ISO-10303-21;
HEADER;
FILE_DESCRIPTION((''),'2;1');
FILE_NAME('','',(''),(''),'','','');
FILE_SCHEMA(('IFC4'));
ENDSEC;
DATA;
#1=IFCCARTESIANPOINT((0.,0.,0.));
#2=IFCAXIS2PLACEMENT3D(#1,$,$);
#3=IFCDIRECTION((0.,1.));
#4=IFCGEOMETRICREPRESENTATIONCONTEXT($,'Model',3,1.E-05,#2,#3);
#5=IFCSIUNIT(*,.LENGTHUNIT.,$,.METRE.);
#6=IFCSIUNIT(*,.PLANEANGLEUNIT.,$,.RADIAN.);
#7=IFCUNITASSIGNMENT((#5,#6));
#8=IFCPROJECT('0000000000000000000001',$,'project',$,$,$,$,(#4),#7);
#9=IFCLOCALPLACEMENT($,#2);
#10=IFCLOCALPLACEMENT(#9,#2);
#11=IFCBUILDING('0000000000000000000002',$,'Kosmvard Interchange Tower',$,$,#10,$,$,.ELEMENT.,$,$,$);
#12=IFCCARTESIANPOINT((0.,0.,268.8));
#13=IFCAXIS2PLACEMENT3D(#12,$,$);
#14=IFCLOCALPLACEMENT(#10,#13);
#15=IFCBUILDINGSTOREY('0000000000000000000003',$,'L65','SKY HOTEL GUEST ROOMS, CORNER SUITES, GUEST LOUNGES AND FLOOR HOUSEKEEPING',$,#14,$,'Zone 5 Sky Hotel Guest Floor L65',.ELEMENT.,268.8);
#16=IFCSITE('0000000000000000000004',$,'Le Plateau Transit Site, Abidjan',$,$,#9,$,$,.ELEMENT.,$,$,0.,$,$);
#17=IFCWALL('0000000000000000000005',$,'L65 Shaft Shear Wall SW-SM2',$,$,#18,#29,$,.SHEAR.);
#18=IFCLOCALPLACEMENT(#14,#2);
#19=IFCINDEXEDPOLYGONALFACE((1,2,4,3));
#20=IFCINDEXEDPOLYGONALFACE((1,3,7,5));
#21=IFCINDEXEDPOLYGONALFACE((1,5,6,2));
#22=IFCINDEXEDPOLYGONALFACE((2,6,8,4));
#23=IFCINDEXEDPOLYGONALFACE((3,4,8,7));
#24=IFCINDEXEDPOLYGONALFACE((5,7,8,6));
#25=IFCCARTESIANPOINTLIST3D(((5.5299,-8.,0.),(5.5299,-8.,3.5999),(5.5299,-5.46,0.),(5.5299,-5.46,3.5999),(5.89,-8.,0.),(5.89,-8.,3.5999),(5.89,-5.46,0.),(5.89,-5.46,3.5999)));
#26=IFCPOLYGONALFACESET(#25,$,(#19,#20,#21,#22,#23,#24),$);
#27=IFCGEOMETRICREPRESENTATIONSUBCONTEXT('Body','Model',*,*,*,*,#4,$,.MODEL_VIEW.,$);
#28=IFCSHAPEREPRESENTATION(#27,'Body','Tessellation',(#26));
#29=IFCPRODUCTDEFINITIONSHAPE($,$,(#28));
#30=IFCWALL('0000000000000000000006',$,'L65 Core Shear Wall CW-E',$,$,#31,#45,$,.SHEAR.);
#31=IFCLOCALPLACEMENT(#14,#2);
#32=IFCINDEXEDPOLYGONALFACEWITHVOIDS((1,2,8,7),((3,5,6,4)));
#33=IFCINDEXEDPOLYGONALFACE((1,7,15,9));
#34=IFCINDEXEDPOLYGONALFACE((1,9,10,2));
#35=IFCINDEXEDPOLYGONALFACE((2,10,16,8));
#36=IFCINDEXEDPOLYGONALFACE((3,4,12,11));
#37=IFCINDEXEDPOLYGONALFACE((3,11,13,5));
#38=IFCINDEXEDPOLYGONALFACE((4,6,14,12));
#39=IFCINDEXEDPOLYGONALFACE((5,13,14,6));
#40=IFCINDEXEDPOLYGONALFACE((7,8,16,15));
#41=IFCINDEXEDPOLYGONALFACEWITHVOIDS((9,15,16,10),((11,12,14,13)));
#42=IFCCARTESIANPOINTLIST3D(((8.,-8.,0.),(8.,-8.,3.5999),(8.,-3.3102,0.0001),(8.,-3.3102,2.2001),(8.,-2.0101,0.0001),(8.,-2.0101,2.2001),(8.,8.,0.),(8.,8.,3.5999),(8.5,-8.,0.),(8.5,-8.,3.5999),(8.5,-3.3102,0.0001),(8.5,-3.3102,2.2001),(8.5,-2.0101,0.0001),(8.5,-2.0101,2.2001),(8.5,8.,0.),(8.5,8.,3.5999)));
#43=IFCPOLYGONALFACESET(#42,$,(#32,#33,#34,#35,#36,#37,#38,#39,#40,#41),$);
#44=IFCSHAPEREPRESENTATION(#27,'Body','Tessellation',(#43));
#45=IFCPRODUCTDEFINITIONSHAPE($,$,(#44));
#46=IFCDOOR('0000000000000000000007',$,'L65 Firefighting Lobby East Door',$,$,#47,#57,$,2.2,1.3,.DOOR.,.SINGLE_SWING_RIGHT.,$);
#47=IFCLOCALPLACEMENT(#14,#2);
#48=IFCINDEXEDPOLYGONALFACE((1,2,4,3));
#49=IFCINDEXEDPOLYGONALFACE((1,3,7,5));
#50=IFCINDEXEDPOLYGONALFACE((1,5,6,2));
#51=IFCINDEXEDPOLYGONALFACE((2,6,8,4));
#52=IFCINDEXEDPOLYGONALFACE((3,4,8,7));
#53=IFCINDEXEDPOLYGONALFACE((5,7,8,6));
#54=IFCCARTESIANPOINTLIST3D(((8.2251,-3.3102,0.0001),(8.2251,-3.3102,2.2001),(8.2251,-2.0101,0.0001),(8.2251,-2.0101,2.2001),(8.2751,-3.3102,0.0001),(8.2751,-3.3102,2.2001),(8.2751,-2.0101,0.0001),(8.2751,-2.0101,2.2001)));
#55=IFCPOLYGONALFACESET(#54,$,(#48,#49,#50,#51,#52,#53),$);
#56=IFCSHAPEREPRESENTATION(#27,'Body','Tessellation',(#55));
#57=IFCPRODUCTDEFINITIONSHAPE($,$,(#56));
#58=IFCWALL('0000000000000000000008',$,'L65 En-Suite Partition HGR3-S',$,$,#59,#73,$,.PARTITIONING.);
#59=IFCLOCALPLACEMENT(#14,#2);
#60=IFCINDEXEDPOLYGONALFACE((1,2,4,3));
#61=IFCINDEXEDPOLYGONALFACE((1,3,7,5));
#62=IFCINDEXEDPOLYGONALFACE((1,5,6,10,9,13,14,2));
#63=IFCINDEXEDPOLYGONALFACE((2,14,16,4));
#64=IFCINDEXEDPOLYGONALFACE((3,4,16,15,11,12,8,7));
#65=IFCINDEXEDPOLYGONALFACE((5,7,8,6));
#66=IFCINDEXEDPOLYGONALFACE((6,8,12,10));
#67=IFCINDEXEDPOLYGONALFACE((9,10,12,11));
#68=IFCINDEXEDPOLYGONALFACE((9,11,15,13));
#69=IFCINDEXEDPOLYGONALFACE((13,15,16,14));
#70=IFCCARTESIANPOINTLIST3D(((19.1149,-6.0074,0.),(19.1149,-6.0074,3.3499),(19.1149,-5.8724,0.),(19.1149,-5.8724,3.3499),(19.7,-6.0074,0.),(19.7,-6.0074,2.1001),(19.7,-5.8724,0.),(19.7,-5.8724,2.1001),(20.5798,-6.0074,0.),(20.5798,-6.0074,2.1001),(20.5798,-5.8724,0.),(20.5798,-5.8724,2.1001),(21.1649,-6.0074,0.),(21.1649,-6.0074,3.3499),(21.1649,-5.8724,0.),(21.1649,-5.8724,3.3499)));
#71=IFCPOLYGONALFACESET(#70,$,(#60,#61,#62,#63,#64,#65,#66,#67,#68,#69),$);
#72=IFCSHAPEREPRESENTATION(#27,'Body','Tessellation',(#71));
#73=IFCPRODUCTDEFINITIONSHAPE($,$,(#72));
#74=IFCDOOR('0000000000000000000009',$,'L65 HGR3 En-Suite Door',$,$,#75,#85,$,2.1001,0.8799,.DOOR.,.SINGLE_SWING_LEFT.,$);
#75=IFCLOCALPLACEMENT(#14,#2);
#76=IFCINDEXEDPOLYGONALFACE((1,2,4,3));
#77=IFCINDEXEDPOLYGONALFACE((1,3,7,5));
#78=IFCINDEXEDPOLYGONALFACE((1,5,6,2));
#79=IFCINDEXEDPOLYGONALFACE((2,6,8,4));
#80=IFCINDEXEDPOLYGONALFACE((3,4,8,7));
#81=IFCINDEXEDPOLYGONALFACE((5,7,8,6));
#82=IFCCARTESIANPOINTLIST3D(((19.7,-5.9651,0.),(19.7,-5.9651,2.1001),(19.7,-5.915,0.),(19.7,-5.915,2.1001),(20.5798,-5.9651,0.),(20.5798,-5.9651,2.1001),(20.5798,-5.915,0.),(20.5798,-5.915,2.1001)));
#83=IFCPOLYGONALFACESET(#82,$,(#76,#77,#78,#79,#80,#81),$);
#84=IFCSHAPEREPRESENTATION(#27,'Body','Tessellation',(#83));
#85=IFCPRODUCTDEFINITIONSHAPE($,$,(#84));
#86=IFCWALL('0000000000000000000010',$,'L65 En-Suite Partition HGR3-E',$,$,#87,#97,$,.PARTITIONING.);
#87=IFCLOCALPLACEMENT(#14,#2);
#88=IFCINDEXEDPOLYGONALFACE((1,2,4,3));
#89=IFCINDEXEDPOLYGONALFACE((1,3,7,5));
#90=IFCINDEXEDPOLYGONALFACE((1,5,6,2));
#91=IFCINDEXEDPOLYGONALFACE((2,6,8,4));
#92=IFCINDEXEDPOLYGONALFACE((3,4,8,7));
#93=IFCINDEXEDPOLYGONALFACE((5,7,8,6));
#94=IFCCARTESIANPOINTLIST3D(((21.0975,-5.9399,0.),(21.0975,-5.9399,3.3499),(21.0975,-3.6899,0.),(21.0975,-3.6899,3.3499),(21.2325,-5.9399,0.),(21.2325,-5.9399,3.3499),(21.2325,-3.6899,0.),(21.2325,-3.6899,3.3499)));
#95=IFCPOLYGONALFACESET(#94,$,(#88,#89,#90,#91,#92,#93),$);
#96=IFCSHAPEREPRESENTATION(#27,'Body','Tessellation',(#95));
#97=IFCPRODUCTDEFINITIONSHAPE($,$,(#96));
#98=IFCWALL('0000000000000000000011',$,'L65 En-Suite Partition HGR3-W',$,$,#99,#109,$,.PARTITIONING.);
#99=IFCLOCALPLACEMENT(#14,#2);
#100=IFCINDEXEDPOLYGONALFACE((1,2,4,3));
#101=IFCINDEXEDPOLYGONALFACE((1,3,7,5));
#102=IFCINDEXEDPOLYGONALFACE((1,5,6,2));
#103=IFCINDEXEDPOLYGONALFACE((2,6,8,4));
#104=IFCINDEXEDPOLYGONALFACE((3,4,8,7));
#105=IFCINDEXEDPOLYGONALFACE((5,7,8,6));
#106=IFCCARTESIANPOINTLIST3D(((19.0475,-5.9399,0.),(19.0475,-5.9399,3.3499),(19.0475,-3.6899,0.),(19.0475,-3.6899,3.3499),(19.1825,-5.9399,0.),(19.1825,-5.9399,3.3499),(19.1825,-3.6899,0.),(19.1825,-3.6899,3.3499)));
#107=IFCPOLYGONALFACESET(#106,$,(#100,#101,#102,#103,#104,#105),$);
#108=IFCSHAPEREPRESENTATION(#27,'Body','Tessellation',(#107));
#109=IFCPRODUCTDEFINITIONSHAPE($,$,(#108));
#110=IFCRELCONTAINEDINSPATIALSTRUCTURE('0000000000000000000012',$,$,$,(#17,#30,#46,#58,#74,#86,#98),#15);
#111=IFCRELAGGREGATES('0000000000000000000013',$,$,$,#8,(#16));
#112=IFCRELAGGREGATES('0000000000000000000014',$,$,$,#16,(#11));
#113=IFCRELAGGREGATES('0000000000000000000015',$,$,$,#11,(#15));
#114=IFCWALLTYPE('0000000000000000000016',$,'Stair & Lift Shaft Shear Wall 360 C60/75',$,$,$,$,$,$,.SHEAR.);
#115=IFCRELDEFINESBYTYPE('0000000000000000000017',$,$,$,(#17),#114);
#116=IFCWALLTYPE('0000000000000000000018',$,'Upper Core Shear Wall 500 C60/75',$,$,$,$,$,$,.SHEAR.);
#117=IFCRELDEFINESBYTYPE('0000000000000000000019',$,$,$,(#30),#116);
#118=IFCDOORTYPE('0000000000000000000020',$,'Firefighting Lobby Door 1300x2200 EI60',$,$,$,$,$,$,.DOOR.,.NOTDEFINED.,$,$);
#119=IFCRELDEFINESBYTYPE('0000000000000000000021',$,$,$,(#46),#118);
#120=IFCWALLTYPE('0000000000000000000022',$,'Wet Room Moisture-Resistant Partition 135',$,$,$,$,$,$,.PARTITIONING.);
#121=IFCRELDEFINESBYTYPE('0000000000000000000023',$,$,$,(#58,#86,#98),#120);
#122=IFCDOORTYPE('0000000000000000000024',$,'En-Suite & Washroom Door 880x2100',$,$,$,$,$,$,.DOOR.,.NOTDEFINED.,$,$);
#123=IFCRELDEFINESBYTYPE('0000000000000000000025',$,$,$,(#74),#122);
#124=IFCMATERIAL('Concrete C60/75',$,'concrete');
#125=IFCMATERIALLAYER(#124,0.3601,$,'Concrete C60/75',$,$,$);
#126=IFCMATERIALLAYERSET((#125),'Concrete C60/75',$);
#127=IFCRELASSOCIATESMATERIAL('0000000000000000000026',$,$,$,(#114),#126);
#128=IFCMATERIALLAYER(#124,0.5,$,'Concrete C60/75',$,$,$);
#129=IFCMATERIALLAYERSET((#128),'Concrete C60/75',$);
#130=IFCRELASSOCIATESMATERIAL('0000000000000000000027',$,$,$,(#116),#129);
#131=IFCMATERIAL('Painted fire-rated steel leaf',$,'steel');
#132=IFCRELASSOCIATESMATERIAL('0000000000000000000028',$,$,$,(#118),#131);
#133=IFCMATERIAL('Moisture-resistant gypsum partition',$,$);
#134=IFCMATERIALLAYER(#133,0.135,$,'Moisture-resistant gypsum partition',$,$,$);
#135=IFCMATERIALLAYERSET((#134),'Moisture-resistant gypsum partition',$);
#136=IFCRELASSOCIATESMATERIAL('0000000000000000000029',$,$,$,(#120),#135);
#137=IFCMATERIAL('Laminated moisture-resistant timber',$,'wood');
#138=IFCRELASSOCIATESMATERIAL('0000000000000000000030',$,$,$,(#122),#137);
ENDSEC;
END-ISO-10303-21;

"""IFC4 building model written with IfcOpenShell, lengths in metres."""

from ifc_helpers import new_model, si_unit, direction, frame, frame_2d, origin, place, context, subcontext, project, spatial, rectangle, extrude, source, transform, mapped, material, layer, layer_set, type_object, element, fill, save


model = new_model("IFC4")

# Units and contexts
model_context = context("Model", 3, precision=1e-05, world=origin(), true_north=direction((0.0, 1.0)))
body_context = subcontext(model_context, "Body", "Model", "MODEL_VIEW")
ifc_project = project(units=[si_unit("LENGTHUNIT", "METRE"), si_unit("PLANEANGLEUNIT", "RADIAN")], contexts=[model_context])

# Site, building, storey
site_placement = place(None, origin())
site = spatial("IfcSite", under=ifc_project, at=site_placement, Name="Le Plateau Transit Site, Abidjan", CompositionType="ELEMENT", RefElevation=0.0)
building_placement = place(site_placement, origin())
building = spatial("IfcBuilding", under=site, at=building_placement, Name="Kosmvard Interchange Tower", CompositionType="ELEMENT")
storey_placement = place(building_placement, frame((0.0, 0.0, 268.8)))
storey = spatial("IfcBuildingStorey", under=building, at=storey_placement, Name="L65", Description="SKY HOTEL GUEST ROOMS, CORNER SUITES, GUEST LOUNGES AND FLOOR HOUSEKEEPING", LongName="Zone 5 Sky Hotel Guest Floor L65", CompositionType="ELEMENT", Elevation=268.8)

# Shared definitions
ifc_material_1 = material(Name="Painted fire-rated steel leaf", Category="steel")

# Shared definitions
ifc_material_2 = material(Name="Concrete C60/75", Category="concrete")
ifc_layer_1 = layer(ifc_material_2, 0.3601, Name="Concrete C60/75")
ifc_layer_set_1 = layer_set([ifc_layer_1], Name="Concrete C60/75")
wall_type_1 = type_object("IfcWallType", Name="Stair & Lift Shaft Shear Wall 360 C60/75", PredefinedType="SHEAR", material=ifc_layer_set_1)

# Wall
wall_1_placement = place(storey_placement, frame((5.71, -8.0, 0.0), z_axis=(0.0, 0.0, 1.0), x_axis=(0.0, 1.0, 0.0)))
element("IfcWall", 1, at=wall_1_placement, inside=storey, type_object=wall_type_1, Name="L65 Shaft Shear Wall SW-SM2", PredefinedType="SHEAR", context=body_context, shape_type="SweptSolid", body=[
    extrude(rectangle(XDim=2.54, YDim=0.3601, at=frame_2d((1.27, 0.0))), origin(), (0.0, 0.0, 1.0), 3.5999),
])

# Walls, openings, doors
ifc_layer_2 = layer(ifc_material_2, 0.5, Name="Concrete C60/75")
ifc_layer_set_2 = layer_set([ifc_layer_2], Name="Concrete C60/75")
wall_type_2 = type_object("IfcWallType", Name="Upper Core Shear Wall 500 C60/75", PredefinedType="SHEAR", material=ifc_layer_set_2)
wall_2_placement = place(storey_placement, frame((8.25, -8.0, 0.0), z_axis=(0.0, 0.0, 1.0), x_axis=(0.0, 1.0, 0.0)))
wall_2 = element("IfcWall", 2, at=wall_2_placement, inside=storey, type_object=wall_type_2, Name="L65 Core Shear Wall CW-E", PredefinedType="SHEAR", context=body_context, shape_type="SweptSolid", body=[
    extrude(rectangle(XDim=16.0, YDim=0.5, at=frame_2d((8.0, 0.0))), origin(), (0.0, 0.0, 1.0), 3.5999),
])
opening_1_placement = place(wall_2_placement, frame((4.6899, 0.0, 0.0)))
opening_1 = element("IfcOpeningElement", 3, at=opening_1_placement, cuts=wall_2, PredefinedType="OPENING", context=body_context, shape_type="SweptSolid", body=[
    extrude(rectangle(XDim=1.3, YDim=2.2, at=frame_2d((0.6499, 1.1001))), frame((0.0, 0.26, 0.0), z_axis=(0.0, -1.0, 0.0), x_axis=(1.0, 0.0, 0.0)), (0.0, 0.0, 1.0), 0.52),
])
door_type_1 = type_object("IfcDoorType", Name="Firefighting Lobby Door 1300x2200 EI60", OperationType="NOTDEFINED", PredefinedType="DOOR", material=ifc_material_1)
shared_shape_1 = source(origin(), body_context, "Body", "SweptSolid", [
    extrude(rectangle(XDim=1.3, YDim=2.2, at=frame_2d((0.6499, 1.1001))), frame((0.0, 0.0249, 0.0), z_axis=(0.0, -1.0, 0.0), x_axis=(1.0, 0.0, 0.0)), (0.0, 0.0, 1.0), 0.05),
])
door_1_placement = place(opening_1_placement, origin())
door_1 = element("IfcDoor", 4, at=door_1_placement, inside=storey, type_object=door_type_1, Name="L65 Firefighting Lobby East Door", OperationType="SINGLE_SWING_RIGHT", OverallHeight=2.2, OverallWidth=1.3, PredefinedType="DOOR", context=body_context, shape_type="MappedRepresentation", body=[
    mapped(shared_shape_1, transform((0.0, 0.0, 0.0), scale=1.0)),
])
fill(opening_1, door_1)
ifc_material_3 = material(Name="Moisture-resistant gypsum partition")
ifc_layer_3 = layer(ifc_material_3, 0.135, Name="Moisture-resistant gypsum partition")
ifc_layer_set_3 = layer_set([ifc_layer_3], Name="Moisture-resistant gypsum partition")
wall_type_3 = type_object("IfcWallType", Name="Wet Room Moisture-Resistant Partition 135", PredefinedType="PARTITIONING", material=ifc_layer_set_3)
wall_3_placement = place(storey_placement, frame((19.115, -5.9399, 0.0), z_axis=(0.0, 0.0, 1.0), x_axis=(1.0, 0.0, 0.0)))
wall_3 = element("IfcWall", 5, at=wall_3_placement, inside=storey, type_object=wall_type_3, Name="L65 En-Suite Partition HGR3-S", PredefinedType="PARTITIONING", context=body_context, shape_type="SweptSolid", body=[
    extrude(rectangle(XDim=2.05, YDim=0.135, at=frame_2d((1.0249, 0.0))), origin(), (0.0, 0.0, 1.0), 3.3499),
])
opening_2_placement = place(wall_3_placement, frame((0.585, 0.0, 0.0)))
opening_2 = element("IfcOpeningElement", 6, at=opening_2_placement, cuts=wall_3, PredefinedType="OPENING", context=body_context, shape_type="SweptSolid", body=[
    extrude(rectangle(XDim=0.8799, YDim=2.1001, at=frame_2d((0.4399, 1.05))), frame((0.0, 0.0776, 0.0), z_axis=(0.0, -1.0, 0.0), x_axis=(1.0, 0.0, 0.0)), (0.0, 0.0, 1.0), 0.155),
])
ifc_material_4 = material(Name="Laminated moisture-resistant timber", Category="wood")
door_type_2 = type_object("IfcDoorType", Name="En-Suite & Washroom Door 880x2100", OperationType="NOTDEFINED", PredefinedType="DOOR", material=ifc_material_4)
shared_shape_2 = source(origin(), body_context, "Body", "SweptSolid", [
    extrude(rectangle(XDim=0.8799, YDim=2.1001, at=frame_2d((0.4399, 1.05))), frame((0.0, 0.0249, 0.0), z_axis=(0.0, -1.0, 0.0), x_axis=(1.0, 0.0, 0.0)), (0.0, 0.0, 1.0), 0.05),
])
door_2_placement = place(opening_2_placement, origin())
door_2 = element("IfcDoor", 7, at=door_2_placement, inside=storey, type_object=door_type_2, Name="L65 HGR3 En-Suite Door", OperationType="SINGLE_SWING_LEFT", OverallHeight=2.1001, OverallWidth=0.8799, PredefinedType="DOOR", context=body_context, shape_type="MappedRepresentation", body=[
    mapped(shared_shape_2, transform((0.0, 0.0, 0.0), scale=1.0)),
])
fill(opening_2, door_2)

# Walls
for number, where, z_axis, x_axis, name in (
    (8, (21.165, -5.9399, 0.0), (0.0, 0.0, 1.0), (0.0, 1.0, 0.0), "L65 En-Suite Partition HGR3-E"),
    (9, (19.115, -5.9399, 0.0), (0.0, 0.0, 1.0), (0.0, 1.0, 0.0), "L65 En-Suite Partition HGR3-W"),
):
    element("IfcWall", number, at=place(storey_placement, frame(where, z_axis=z_axis, x_axis=x_axis)), inside=storey, type_object=wall_type_3, Name=name, PredefinedType="PARTITIONING", context=body_context, shape_type="SweptSolid", body=[
        extrude(rectangle(XDim=2.25, YDim=0.135, at=frame_2d((1.125, 0.0))), origin(), (0.0, 0.0, 1.0), 3.3499),
    ])

save(model, "model.ifc")
